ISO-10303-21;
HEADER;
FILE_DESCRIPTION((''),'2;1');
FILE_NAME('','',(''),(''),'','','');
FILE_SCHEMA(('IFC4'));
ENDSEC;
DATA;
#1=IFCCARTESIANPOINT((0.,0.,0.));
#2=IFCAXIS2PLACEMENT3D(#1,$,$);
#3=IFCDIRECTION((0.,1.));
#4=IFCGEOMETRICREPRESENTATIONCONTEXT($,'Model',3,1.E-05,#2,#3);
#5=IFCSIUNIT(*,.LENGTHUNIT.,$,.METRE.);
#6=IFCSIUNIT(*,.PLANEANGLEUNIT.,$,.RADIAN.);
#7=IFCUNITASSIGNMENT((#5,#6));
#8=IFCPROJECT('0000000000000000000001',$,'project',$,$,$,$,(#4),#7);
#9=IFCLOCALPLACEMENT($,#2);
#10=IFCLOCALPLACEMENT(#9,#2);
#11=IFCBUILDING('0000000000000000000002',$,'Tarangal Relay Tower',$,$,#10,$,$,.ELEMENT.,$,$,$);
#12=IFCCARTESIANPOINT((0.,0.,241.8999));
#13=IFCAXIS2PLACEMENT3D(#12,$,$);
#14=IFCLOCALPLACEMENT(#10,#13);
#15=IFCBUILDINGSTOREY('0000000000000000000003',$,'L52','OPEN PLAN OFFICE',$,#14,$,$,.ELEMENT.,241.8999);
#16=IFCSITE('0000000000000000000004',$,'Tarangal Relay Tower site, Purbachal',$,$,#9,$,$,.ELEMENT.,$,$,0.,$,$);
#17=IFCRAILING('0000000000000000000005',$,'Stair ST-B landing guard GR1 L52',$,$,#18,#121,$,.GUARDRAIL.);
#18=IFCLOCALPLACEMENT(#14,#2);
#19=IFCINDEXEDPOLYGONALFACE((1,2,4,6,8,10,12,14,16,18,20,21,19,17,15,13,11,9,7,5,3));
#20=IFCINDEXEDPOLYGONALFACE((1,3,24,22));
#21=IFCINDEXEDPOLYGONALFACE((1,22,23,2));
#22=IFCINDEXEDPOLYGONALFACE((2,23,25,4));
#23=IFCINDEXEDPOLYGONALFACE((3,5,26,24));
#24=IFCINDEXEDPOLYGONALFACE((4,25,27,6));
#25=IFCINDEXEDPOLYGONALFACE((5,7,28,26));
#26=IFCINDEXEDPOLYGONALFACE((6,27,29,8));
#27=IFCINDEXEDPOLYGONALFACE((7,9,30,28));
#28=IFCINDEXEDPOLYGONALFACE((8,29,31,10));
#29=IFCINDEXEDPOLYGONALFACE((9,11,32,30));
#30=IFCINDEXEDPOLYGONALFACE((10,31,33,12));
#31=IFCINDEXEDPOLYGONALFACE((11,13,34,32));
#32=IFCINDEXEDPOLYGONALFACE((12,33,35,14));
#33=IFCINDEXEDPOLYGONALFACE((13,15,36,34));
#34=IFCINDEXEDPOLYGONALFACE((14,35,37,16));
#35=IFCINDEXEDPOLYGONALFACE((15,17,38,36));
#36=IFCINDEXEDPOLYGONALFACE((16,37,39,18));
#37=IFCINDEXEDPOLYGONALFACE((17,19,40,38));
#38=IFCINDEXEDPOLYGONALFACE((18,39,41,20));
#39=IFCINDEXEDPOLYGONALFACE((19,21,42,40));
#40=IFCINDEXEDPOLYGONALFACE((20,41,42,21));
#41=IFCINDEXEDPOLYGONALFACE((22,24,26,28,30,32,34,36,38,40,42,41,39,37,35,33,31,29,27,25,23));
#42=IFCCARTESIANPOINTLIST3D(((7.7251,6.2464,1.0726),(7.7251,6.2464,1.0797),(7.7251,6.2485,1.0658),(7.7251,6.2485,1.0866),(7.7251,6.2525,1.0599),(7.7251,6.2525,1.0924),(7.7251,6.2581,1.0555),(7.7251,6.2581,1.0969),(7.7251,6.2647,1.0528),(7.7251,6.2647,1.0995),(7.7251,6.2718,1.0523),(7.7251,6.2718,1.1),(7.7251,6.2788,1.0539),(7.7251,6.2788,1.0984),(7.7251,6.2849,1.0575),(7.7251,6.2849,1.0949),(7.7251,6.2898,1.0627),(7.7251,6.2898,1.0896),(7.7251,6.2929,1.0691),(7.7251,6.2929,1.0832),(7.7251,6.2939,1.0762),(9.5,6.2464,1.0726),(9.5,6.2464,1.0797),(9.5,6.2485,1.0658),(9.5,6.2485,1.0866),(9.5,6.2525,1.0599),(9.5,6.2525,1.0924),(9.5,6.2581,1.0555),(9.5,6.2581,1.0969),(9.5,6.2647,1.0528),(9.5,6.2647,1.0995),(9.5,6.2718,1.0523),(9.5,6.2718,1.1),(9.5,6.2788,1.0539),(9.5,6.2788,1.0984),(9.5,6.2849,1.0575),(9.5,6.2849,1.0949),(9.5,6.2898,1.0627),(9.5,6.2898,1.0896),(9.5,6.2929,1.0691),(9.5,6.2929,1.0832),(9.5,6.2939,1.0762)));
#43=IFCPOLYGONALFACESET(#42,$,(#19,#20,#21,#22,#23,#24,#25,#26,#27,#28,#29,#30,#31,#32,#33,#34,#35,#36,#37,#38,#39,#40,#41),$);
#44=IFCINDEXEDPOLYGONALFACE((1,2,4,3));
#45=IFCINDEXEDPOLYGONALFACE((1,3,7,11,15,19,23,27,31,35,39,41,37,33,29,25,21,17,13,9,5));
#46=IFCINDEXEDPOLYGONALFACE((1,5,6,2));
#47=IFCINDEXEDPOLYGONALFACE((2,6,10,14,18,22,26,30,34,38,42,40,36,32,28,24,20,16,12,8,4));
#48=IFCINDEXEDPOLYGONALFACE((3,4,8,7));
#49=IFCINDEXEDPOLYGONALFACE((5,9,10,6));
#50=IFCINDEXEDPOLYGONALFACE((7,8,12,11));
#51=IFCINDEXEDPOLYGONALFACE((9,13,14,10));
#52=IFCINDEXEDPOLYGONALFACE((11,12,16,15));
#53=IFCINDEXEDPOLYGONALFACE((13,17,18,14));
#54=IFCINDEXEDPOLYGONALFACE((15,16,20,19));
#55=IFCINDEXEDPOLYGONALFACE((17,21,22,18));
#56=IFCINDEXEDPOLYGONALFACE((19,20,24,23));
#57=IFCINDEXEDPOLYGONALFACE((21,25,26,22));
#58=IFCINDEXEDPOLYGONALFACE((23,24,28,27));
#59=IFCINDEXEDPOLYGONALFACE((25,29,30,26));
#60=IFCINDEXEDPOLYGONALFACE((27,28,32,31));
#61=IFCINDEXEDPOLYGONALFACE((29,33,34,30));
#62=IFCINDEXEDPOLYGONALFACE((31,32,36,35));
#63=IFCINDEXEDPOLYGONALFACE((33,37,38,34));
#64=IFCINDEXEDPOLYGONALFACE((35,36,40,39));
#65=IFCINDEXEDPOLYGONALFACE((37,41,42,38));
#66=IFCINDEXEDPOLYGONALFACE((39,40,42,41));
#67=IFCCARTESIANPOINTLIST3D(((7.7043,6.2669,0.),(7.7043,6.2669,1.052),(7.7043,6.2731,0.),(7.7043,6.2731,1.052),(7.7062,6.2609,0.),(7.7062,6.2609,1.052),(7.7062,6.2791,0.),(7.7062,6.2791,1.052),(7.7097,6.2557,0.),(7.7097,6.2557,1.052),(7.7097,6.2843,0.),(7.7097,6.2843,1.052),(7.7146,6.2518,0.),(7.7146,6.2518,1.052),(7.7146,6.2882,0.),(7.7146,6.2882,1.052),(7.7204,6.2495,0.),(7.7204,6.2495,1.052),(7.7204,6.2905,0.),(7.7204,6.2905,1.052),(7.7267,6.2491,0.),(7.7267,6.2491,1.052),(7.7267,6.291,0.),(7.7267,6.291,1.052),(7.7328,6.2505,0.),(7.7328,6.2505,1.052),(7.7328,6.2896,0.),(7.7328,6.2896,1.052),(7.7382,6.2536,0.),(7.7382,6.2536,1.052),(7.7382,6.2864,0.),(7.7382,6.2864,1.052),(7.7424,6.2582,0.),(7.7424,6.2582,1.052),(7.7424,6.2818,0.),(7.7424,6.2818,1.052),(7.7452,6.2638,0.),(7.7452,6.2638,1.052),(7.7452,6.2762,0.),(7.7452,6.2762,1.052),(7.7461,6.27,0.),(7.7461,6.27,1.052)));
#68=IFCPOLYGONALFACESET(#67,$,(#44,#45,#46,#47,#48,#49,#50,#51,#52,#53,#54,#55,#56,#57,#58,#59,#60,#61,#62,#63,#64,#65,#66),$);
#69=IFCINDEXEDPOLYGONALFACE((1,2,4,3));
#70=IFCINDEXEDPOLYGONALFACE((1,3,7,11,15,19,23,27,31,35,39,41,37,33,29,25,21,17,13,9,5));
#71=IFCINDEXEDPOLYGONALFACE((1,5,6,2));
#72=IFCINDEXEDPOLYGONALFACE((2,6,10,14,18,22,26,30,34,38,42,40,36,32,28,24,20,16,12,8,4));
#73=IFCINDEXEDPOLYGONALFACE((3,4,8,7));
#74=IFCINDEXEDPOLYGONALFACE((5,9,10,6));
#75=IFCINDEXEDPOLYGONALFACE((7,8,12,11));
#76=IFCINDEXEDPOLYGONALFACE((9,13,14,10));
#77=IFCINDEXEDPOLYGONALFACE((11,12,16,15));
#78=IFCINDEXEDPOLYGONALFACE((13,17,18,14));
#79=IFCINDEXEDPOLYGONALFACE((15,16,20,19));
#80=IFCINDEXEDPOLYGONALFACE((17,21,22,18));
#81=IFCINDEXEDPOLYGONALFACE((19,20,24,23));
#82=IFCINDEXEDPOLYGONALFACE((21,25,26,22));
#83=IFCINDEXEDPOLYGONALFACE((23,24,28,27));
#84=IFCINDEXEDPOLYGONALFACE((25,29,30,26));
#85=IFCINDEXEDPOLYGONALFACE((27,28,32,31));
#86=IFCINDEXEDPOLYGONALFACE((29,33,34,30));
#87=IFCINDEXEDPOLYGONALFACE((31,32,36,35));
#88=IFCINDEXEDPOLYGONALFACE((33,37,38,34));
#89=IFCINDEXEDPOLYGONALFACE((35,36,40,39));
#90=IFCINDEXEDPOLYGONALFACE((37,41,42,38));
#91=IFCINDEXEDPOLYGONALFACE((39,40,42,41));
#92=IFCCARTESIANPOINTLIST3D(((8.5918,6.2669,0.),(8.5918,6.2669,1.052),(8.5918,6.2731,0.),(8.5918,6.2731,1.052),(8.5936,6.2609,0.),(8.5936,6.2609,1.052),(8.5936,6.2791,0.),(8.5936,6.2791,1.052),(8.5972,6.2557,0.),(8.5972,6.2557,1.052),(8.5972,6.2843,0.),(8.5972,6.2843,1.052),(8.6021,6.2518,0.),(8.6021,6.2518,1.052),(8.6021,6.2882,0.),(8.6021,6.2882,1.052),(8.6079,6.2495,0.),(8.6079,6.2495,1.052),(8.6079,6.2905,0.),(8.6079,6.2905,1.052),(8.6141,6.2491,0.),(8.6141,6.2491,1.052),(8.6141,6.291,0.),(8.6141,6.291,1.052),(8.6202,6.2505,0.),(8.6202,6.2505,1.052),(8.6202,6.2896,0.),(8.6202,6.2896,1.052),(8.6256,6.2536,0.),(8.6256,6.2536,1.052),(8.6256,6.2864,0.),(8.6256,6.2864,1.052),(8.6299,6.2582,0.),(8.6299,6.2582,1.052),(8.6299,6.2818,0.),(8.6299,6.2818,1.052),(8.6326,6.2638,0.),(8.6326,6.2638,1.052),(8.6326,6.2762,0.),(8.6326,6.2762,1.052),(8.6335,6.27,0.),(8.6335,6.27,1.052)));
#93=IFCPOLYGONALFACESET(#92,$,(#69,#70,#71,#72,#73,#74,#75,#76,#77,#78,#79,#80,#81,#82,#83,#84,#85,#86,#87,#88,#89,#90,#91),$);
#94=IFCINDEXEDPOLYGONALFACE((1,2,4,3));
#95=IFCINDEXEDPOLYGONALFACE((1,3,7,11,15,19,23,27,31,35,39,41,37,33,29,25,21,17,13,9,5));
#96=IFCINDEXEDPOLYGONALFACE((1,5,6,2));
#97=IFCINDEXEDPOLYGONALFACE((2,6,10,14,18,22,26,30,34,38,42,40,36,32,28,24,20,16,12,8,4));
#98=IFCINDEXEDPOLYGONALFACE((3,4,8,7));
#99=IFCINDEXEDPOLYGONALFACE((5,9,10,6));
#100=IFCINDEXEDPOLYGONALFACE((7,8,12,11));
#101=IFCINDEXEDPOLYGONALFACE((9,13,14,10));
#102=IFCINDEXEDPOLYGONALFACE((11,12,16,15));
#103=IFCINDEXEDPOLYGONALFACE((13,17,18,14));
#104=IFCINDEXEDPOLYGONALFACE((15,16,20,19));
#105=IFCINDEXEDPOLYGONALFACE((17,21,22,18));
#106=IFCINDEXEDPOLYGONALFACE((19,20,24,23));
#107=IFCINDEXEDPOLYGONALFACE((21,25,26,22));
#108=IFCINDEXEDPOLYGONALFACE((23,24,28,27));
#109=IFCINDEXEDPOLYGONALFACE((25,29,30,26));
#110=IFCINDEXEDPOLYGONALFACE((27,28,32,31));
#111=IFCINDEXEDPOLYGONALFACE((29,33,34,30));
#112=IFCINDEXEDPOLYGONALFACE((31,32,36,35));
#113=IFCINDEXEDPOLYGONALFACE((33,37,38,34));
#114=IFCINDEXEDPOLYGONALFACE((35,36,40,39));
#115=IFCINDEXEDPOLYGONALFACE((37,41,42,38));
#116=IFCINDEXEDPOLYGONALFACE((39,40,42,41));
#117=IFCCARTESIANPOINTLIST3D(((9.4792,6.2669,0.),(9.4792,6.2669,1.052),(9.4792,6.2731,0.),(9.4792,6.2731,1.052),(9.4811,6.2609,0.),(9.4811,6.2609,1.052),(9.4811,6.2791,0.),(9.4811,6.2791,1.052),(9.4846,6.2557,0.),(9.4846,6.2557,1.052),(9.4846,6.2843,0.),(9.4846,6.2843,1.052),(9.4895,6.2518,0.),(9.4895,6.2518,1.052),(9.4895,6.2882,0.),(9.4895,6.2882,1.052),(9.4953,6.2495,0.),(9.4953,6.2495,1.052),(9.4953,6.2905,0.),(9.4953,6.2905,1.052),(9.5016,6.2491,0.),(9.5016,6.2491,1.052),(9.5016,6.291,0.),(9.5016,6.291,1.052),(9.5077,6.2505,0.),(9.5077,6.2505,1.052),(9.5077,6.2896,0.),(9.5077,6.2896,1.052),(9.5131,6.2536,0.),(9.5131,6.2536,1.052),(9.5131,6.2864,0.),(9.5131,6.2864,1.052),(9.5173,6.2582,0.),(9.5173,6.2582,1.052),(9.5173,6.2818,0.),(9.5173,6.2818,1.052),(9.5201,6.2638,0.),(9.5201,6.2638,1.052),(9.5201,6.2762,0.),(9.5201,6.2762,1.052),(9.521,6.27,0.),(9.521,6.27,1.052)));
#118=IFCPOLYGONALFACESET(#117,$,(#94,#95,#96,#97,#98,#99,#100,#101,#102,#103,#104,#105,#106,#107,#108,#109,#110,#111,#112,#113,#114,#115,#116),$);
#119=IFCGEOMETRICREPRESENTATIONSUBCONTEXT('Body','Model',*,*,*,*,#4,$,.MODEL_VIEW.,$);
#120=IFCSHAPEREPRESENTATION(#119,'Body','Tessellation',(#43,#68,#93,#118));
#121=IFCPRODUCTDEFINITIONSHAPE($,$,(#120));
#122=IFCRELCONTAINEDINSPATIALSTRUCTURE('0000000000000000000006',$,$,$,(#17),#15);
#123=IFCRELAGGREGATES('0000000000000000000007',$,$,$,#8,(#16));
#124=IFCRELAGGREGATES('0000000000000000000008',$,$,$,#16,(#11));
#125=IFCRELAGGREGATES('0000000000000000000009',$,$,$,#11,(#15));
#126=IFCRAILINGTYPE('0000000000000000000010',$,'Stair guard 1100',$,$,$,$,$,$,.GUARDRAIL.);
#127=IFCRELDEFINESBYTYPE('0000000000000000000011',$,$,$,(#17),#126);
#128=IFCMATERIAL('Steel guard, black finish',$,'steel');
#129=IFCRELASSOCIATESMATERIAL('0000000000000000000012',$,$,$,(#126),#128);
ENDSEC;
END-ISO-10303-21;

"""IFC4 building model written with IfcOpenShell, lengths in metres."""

from ifc_helpers import new_model, si_unit, direction, frame, origin, origin_2d, place, context, subcontext, project, spatial, circle, extrude, material, type_object, element, save


model = new_model("IFC4")

# Units and contexts
model_context = context("Model", 3, precision=1e-05, world=origin(), true_north=direction((0.0, 1.0)))
body_context = subcontext(model_context, "Body", "Model", "MODEL_VIEW")
ifc_project = project(units=[si_unit("LENGTHUNIT", "METRE"), si_unit("PLANEANGLEUNIT", "RADIAN")], contexts=[model_context])

# Site, building, storey
site_placement = place(None, origin())
site = spatial("IfcSite", under=ifc_project, at=site_placement, Name="Tarangal Relay Tower site, Purbachal", CompositionType="ELEMENT", RefElevation=0.0)
building_placement = place(site_placement, origin())
building = spatial("IfcBuilding", under=site, at=building_placement, Name="Tarangal Relay Tower", CompositionType="ELEMENT")
storey_placement = place(building_placement, frame((0.0, 0.0, 241.8999)))
storey = spatial("IfcBuildingStorey", under=building, at=storey_placement, Name="L52", Description="OPEN PLAN OFFICE", CompositionType="ELEMENT", Elevation=241.8999)

# Railing
ifc_material_1 = material(Name="Steel guard, black finish", Category="steel")
railing_type_1 = type_object("IfcRailingType", Name="Stair guard 1100", PredefinedType="GUARDRAIL", material=ifc_material_1)
railing_1_placement = place(storey_placement, frame((7.7251, 6.27, 0.0)))
element("IfcRailing", 1, at=railing_1_placement, inside=storey, type_object=railing_type_1, Name="Stair ST-B landing guard GR1 L52", PredefinedType="GUARDRAIL", context=body_context, shape_type="SweptSolid", body=[
    extrude(circle(Radius=0.0239, at=origin_2d()), frame((0.0, 0.0, 1.0762), z_axis=(1.0, 0.0, 0.0), x_axis=(0.0, 1.0, 0.0)), (0.0, 0.0, 1.0), 1.7749),
    extrude(circle(Radius=0.021, at=origin_2d()), origin(), (0.0, 0.0, 1.0), 1.052),
    extrude(circle(Radius=0.021, at=origin_2d()), frame((0.8875, 0.0, 0.0)), (0.0, 0.0, 1.0), 1.052),
    extrude(circle(Radius=0.021, at=origin_2d()), frame((1.7749, 0.0, 0.0)), (0.0, 0.0, 1.0), 1.052),
])

save(model, "model.ifc")
